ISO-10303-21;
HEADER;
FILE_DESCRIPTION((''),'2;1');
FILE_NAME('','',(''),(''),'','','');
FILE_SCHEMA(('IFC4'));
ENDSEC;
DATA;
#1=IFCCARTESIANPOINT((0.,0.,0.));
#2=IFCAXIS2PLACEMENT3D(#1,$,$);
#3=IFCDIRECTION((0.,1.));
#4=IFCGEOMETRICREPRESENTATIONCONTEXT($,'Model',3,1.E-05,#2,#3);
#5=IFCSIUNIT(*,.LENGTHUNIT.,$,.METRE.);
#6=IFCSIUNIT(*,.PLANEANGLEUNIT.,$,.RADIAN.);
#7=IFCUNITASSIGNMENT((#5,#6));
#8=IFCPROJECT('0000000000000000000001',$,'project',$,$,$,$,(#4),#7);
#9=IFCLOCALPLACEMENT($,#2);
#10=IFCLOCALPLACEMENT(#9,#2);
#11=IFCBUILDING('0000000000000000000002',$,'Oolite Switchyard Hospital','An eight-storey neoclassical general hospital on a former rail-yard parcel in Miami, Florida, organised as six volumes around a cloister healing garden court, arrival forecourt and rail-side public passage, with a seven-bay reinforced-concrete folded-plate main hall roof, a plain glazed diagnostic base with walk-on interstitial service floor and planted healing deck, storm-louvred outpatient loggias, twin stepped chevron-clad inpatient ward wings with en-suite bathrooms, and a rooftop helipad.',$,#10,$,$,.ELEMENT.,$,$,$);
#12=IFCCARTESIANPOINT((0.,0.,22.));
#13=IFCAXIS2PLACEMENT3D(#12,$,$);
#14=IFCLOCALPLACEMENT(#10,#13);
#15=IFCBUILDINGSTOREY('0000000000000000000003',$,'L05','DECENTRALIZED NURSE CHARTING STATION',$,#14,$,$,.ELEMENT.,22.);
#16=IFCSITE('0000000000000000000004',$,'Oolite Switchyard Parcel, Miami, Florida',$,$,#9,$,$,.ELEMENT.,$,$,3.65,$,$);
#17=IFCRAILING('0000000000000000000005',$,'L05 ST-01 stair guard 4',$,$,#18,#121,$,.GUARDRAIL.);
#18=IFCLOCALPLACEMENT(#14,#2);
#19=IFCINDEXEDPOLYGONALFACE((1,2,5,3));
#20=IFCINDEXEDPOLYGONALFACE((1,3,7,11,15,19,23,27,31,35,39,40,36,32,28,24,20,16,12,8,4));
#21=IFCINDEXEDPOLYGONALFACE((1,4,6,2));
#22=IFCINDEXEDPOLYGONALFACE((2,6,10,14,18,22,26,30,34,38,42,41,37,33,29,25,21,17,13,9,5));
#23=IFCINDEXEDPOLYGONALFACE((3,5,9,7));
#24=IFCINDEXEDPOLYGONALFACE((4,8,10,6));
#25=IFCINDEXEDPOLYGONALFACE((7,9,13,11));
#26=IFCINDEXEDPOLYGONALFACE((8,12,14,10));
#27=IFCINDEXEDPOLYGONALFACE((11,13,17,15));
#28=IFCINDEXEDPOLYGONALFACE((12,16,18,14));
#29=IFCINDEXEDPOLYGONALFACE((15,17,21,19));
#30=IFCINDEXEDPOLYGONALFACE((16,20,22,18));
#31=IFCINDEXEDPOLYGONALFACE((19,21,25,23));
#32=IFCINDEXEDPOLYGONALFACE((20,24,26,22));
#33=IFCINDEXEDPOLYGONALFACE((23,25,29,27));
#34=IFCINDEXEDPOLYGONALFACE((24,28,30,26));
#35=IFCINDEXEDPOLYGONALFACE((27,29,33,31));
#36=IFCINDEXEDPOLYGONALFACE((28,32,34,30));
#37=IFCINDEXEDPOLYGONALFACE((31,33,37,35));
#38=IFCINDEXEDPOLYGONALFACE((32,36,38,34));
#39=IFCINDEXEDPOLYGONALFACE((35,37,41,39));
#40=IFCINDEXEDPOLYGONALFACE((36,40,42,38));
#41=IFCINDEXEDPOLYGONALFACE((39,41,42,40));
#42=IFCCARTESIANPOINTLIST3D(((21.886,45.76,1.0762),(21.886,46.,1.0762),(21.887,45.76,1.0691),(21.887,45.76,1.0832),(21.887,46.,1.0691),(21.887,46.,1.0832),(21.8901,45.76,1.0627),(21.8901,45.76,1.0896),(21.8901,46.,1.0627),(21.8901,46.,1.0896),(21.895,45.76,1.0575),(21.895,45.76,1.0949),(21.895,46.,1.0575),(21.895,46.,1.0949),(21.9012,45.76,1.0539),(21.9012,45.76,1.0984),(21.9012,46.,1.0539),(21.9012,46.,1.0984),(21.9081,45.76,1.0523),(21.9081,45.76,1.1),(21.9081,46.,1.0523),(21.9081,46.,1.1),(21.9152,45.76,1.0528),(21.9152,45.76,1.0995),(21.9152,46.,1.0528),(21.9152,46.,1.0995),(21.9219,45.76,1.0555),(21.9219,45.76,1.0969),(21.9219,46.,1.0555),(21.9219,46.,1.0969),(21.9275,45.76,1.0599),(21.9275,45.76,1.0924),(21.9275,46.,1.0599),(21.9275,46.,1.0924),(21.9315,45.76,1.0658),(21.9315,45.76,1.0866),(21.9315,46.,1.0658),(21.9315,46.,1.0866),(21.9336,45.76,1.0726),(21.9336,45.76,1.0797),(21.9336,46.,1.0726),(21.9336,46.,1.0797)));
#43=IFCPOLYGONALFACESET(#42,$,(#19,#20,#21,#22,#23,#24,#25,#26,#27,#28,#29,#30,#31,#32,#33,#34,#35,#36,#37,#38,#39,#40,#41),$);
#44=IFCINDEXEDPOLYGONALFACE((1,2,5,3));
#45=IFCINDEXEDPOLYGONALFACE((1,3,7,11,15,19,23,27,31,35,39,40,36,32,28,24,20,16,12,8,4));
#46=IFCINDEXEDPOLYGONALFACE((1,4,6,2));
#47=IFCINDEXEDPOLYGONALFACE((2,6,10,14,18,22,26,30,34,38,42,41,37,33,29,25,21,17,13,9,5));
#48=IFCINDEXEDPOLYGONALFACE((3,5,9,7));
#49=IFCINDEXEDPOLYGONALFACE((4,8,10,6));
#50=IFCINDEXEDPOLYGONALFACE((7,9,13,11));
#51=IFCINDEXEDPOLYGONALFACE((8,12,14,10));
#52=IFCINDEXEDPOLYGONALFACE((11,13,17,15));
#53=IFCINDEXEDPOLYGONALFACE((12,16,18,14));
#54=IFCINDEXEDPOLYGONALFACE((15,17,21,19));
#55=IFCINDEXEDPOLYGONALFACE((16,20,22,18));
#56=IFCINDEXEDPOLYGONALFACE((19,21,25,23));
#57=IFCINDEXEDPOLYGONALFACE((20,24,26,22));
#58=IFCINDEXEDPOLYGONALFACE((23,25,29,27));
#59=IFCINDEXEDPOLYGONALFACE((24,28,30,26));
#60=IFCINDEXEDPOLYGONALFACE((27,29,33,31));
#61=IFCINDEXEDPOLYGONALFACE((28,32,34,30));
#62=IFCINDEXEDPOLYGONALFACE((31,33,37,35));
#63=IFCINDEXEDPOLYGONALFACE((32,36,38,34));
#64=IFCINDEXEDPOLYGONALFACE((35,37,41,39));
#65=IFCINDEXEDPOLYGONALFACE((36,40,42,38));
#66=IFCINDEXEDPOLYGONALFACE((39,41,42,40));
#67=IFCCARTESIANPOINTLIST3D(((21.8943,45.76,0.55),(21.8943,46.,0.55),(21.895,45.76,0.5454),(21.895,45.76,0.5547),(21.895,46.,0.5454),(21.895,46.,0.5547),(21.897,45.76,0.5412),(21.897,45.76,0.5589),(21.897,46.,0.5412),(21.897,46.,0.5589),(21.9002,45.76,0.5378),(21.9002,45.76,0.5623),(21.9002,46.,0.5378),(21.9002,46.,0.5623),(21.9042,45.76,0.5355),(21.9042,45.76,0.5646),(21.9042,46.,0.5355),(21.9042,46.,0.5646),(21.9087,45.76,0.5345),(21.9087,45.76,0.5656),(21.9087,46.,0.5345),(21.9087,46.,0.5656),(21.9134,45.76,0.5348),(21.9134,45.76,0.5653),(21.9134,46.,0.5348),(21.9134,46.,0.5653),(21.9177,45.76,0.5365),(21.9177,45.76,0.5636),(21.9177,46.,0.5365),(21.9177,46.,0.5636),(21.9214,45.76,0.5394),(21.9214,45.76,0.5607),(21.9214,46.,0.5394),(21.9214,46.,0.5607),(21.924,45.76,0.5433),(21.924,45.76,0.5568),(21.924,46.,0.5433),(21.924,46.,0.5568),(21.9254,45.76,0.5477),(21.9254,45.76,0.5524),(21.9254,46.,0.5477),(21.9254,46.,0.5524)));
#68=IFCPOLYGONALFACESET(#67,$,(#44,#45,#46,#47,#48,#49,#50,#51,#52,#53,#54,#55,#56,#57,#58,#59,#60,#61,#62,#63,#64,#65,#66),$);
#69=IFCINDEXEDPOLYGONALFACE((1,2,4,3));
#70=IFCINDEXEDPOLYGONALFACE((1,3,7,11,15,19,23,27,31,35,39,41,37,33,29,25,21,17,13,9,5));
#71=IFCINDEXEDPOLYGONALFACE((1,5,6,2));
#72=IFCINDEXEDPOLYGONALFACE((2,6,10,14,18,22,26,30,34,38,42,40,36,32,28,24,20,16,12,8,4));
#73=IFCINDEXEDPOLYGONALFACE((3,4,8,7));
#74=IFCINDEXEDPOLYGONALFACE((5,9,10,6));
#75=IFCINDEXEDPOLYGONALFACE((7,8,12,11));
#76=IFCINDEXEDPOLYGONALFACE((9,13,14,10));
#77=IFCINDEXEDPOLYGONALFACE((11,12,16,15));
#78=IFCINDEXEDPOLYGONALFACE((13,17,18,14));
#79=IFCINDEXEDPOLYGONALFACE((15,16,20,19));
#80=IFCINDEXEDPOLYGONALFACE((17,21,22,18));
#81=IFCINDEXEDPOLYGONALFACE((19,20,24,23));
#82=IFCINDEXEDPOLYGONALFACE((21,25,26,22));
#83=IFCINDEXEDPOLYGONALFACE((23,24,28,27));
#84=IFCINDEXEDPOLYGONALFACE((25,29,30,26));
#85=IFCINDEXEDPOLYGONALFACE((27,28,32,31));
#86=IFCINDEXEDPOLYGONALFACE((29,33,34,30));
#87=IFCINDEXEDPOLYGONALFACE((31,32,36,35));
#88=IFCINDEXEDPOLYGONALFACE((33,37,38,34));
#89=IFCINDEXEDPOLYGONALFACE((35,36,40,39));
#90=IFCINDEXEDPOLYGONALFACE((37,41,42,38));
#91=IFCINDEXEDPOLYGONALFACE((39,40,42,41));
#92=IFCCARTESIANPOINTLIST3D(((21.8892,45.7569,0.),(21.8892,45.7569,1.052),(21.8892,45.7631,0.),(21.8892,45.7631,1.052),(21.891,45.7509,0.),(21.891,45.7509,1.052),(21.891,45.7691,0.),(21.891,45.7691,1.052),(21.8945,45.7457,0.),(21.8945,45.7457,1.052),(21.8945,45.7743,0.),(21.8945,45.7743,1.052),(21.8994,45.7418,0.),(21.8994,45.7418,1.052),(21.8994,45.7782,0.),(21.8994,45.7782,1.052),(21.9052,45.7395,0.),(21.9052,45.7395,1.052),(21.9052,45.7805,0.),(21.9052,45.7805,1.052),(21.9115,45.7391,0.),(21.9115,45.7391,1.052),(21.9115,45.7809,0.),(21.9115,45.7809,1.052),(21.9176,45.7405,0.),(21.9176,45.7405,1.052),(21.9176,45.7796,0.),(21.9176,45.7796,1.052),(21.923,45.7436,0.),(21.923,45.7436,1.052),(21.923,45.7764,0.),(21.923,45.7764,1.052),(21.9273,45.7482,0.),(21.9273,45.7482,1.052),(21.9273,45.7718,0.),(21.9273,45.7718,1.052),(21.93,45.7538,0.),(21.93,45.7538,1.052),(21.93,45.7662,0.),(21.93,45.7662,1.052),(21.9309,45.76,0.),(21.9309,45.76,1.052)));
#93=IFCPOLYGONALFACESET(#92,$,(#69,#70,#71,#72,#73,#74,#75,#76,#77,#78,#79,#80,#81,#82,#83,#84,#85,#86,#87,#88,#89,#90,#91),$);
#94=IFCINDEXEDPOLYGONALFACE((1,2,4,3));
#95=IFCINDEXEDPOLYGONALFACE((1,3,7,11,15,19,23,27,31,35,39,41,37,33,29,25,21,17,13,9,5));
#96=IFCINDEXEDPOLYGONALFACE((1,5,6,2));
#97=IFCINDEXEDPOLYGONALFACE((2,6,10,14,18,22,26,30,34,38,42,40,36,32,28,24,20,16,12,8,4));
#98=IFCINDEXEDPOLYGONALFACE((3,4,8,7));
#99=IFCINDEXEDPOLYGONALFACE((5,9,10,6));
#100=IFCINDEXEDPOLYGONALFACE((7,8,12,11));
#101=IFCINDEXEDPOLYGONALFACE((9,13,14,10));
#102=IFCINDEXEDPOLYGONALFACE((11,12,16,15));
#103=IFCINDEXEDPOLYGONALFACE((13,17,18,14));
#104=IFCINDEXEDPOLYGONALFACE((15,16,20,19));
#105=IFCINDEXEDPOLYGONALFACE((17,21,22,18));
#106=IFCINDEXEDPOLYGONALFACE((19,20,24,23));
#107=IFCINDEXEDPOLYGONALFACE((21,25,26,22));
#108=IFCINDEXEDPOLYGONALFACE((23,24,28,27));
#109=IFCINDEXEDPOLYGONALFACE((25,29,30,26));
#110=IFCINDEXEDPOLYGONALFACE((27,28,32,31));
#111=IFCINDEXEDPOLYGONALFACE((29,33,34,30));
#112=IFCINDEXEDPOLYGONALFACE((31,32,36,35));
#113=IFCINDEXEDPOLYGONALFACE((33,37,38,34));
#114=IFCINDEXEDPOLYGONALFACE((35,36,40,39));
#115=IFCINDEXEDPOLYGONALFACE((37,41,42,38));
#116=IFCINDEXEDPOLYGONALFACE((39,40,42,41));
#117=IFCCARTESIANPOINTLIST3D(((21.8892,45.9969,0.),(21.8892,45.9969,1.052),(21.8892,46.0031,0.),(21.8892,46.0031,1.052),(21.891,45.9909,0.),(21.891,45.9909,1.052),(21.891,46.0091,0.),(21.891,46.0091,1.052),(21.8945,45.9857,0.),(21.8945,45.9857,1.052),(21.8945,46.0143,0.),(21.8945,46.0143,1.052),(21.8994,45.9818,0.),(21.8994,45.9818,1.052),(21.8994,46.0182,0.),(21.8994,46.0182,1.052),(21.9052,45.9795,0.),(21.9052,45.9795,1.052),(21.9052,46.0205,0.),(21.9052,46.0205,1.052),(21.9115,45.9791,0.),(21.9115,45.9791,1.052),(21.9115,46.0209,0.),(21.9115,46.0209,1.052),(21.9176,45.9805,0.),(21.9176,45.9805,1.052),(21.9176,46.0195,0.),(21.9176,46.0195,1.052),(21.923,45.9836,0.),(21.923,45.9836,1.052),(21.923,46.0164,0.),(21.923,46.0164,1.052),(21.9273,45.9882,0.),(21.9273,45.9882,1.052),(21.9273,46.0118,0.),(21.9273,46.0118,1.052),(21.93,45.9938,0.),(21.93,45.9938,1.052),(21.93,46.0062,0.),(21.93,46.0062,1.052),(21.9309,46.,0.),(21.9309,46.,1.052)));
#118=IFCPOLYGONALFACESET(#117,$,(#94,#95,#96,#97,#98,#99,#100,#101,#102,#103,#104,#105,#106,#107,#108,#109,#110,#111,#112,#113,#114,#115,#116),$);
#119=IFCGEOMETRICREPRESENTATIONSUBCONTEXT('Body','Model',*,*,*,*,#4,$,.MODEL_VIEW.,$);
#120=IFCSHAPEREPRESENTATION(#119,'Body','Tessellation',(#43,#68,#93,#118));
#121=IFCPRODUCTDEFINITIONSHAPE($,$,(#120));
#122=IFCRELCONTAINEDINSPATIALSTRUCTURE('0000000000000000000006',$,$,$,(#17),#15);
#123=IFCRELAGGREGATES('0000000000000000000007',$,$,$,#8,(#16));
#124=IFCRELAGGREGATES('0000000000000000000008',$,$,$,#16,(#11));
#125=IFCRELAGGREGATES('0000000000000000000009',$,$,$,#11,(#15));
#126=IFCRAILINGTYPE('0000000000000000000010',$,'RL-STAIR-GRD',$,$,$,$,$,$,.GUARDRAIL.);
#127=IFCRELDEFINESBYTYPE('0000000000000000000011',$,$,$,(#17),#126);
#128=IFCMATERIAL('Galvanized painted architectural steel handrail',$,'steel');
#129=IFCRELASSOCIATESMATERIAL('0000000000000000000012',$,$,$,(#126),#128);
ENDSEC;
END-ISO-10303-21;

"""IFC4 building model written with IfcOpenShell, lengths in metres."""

from ifc_helpers import new_model, si_unit, direction, frame, origin, origin_2d, place, context, subcontext, project, spatial, circle, extrude, material, type_object, element, save


model = new_model("IFC4")

# Units and contexts
model_context = context("Model", 3, precision=1e-05, world=origin(), true_north=direction((0.0, 1.0)))
body_context = subcontext(model_context, "Body", "Model", "MODEL_VIEW")
ifc_project = project(units=[si_unit("LENGTHUNIT", "METRE"), si_unit("PLANEANGLEUNIT", "RADIAN")], contexts=[model_context])

# Site, building, storey
site_placement = place(None, origin())
site = spatial("IfcSite", under=ifc_project, at=site_placement, Name="Oolite Switchyard Parcel, Miami, Florida", CompositionType="ELEMENT", RefElevation=3.65)
building_placement = place(site_placement, origin())
building = spatial("IfcBuilding", under=site, at=building_placement, Name="Oolite Switchyard Hospital", Description="An eight-storey neoclassical general hospital on a former rail-yard parcel in Miami, Florida, organised as six volumes around a cloister healing garden court, arrival forecourt and rail-side public passage, with a seven-bay reinforced-concrete folded-plate main hall roof, a plain glazed diagnostic base with walk-on interstitial service floor and planted healing deck, storm-louvred outpatient loggias, twin stepped chevron-clad inpatient ward wings with en-suite bathrooms, and a rooftop helipad.", CompositionType="ELEMENT")
storey_placement = place(building_placement, frame((0.0, 0.0, 22.0)))
storey = spatial("IfcBuildingStorey", under=building, at=storey_placement, Name="L05", Description="DECENTRALIZED NURSE CHARTING STATION", CompositionType="ELEMENT", Elevation=22.0)

# Railing
ifc_material_1 = material(Name="Galvanized painted architectural steel handrail", Category="steel")
railing_type_1 = type_object("IfcRailingType", Name="RL-STAIR-GRD", PredefinedType="GUARDRAIL", material=ifc_material_1)
railing_1_placement = place(storey_placement, frame((21.9099, 45.76, 0.0)))
element("IfcRailing", 1, at=railing_1_placement, inside=storey, type_object=railing_type_1, Name="L05 ST-01 stair guard 4", PredefinedType="GUARDRAIL", context=body_context, shape_type="SweptSolid", body=[
    extrude(circle(Radius=0.0239, at=origin_2d()), frame((0.0, 0.0, 1.0762), z_axis=(0.0, 1.0, 0.0), x_axis=(-1.0, 0.0, 0.0)), (0.0, 0.0, 1.0), 0.24),
    extrude(circle(Radius=0.0156, at=origin_2d()), frame((0.0, 0.0, 0.55), z_axis=(0.0, 1.0, 0.0), x_axis=(-1.0, 0.0, 0.0)), (0.0, 0.0, 1.0), 0.24),
    extrude(circle(Radius=0.021, at=origin_2d()), origin(), (0.0, 0.0, 1.0), 1.052),
    extrude(circle(Radius=0.021, at=origin_2d()), frame((0.0, 0.24, 0.0)), (0.0, 0.0, 1.0), 1.052),
])

save(model, "model.ifc")
